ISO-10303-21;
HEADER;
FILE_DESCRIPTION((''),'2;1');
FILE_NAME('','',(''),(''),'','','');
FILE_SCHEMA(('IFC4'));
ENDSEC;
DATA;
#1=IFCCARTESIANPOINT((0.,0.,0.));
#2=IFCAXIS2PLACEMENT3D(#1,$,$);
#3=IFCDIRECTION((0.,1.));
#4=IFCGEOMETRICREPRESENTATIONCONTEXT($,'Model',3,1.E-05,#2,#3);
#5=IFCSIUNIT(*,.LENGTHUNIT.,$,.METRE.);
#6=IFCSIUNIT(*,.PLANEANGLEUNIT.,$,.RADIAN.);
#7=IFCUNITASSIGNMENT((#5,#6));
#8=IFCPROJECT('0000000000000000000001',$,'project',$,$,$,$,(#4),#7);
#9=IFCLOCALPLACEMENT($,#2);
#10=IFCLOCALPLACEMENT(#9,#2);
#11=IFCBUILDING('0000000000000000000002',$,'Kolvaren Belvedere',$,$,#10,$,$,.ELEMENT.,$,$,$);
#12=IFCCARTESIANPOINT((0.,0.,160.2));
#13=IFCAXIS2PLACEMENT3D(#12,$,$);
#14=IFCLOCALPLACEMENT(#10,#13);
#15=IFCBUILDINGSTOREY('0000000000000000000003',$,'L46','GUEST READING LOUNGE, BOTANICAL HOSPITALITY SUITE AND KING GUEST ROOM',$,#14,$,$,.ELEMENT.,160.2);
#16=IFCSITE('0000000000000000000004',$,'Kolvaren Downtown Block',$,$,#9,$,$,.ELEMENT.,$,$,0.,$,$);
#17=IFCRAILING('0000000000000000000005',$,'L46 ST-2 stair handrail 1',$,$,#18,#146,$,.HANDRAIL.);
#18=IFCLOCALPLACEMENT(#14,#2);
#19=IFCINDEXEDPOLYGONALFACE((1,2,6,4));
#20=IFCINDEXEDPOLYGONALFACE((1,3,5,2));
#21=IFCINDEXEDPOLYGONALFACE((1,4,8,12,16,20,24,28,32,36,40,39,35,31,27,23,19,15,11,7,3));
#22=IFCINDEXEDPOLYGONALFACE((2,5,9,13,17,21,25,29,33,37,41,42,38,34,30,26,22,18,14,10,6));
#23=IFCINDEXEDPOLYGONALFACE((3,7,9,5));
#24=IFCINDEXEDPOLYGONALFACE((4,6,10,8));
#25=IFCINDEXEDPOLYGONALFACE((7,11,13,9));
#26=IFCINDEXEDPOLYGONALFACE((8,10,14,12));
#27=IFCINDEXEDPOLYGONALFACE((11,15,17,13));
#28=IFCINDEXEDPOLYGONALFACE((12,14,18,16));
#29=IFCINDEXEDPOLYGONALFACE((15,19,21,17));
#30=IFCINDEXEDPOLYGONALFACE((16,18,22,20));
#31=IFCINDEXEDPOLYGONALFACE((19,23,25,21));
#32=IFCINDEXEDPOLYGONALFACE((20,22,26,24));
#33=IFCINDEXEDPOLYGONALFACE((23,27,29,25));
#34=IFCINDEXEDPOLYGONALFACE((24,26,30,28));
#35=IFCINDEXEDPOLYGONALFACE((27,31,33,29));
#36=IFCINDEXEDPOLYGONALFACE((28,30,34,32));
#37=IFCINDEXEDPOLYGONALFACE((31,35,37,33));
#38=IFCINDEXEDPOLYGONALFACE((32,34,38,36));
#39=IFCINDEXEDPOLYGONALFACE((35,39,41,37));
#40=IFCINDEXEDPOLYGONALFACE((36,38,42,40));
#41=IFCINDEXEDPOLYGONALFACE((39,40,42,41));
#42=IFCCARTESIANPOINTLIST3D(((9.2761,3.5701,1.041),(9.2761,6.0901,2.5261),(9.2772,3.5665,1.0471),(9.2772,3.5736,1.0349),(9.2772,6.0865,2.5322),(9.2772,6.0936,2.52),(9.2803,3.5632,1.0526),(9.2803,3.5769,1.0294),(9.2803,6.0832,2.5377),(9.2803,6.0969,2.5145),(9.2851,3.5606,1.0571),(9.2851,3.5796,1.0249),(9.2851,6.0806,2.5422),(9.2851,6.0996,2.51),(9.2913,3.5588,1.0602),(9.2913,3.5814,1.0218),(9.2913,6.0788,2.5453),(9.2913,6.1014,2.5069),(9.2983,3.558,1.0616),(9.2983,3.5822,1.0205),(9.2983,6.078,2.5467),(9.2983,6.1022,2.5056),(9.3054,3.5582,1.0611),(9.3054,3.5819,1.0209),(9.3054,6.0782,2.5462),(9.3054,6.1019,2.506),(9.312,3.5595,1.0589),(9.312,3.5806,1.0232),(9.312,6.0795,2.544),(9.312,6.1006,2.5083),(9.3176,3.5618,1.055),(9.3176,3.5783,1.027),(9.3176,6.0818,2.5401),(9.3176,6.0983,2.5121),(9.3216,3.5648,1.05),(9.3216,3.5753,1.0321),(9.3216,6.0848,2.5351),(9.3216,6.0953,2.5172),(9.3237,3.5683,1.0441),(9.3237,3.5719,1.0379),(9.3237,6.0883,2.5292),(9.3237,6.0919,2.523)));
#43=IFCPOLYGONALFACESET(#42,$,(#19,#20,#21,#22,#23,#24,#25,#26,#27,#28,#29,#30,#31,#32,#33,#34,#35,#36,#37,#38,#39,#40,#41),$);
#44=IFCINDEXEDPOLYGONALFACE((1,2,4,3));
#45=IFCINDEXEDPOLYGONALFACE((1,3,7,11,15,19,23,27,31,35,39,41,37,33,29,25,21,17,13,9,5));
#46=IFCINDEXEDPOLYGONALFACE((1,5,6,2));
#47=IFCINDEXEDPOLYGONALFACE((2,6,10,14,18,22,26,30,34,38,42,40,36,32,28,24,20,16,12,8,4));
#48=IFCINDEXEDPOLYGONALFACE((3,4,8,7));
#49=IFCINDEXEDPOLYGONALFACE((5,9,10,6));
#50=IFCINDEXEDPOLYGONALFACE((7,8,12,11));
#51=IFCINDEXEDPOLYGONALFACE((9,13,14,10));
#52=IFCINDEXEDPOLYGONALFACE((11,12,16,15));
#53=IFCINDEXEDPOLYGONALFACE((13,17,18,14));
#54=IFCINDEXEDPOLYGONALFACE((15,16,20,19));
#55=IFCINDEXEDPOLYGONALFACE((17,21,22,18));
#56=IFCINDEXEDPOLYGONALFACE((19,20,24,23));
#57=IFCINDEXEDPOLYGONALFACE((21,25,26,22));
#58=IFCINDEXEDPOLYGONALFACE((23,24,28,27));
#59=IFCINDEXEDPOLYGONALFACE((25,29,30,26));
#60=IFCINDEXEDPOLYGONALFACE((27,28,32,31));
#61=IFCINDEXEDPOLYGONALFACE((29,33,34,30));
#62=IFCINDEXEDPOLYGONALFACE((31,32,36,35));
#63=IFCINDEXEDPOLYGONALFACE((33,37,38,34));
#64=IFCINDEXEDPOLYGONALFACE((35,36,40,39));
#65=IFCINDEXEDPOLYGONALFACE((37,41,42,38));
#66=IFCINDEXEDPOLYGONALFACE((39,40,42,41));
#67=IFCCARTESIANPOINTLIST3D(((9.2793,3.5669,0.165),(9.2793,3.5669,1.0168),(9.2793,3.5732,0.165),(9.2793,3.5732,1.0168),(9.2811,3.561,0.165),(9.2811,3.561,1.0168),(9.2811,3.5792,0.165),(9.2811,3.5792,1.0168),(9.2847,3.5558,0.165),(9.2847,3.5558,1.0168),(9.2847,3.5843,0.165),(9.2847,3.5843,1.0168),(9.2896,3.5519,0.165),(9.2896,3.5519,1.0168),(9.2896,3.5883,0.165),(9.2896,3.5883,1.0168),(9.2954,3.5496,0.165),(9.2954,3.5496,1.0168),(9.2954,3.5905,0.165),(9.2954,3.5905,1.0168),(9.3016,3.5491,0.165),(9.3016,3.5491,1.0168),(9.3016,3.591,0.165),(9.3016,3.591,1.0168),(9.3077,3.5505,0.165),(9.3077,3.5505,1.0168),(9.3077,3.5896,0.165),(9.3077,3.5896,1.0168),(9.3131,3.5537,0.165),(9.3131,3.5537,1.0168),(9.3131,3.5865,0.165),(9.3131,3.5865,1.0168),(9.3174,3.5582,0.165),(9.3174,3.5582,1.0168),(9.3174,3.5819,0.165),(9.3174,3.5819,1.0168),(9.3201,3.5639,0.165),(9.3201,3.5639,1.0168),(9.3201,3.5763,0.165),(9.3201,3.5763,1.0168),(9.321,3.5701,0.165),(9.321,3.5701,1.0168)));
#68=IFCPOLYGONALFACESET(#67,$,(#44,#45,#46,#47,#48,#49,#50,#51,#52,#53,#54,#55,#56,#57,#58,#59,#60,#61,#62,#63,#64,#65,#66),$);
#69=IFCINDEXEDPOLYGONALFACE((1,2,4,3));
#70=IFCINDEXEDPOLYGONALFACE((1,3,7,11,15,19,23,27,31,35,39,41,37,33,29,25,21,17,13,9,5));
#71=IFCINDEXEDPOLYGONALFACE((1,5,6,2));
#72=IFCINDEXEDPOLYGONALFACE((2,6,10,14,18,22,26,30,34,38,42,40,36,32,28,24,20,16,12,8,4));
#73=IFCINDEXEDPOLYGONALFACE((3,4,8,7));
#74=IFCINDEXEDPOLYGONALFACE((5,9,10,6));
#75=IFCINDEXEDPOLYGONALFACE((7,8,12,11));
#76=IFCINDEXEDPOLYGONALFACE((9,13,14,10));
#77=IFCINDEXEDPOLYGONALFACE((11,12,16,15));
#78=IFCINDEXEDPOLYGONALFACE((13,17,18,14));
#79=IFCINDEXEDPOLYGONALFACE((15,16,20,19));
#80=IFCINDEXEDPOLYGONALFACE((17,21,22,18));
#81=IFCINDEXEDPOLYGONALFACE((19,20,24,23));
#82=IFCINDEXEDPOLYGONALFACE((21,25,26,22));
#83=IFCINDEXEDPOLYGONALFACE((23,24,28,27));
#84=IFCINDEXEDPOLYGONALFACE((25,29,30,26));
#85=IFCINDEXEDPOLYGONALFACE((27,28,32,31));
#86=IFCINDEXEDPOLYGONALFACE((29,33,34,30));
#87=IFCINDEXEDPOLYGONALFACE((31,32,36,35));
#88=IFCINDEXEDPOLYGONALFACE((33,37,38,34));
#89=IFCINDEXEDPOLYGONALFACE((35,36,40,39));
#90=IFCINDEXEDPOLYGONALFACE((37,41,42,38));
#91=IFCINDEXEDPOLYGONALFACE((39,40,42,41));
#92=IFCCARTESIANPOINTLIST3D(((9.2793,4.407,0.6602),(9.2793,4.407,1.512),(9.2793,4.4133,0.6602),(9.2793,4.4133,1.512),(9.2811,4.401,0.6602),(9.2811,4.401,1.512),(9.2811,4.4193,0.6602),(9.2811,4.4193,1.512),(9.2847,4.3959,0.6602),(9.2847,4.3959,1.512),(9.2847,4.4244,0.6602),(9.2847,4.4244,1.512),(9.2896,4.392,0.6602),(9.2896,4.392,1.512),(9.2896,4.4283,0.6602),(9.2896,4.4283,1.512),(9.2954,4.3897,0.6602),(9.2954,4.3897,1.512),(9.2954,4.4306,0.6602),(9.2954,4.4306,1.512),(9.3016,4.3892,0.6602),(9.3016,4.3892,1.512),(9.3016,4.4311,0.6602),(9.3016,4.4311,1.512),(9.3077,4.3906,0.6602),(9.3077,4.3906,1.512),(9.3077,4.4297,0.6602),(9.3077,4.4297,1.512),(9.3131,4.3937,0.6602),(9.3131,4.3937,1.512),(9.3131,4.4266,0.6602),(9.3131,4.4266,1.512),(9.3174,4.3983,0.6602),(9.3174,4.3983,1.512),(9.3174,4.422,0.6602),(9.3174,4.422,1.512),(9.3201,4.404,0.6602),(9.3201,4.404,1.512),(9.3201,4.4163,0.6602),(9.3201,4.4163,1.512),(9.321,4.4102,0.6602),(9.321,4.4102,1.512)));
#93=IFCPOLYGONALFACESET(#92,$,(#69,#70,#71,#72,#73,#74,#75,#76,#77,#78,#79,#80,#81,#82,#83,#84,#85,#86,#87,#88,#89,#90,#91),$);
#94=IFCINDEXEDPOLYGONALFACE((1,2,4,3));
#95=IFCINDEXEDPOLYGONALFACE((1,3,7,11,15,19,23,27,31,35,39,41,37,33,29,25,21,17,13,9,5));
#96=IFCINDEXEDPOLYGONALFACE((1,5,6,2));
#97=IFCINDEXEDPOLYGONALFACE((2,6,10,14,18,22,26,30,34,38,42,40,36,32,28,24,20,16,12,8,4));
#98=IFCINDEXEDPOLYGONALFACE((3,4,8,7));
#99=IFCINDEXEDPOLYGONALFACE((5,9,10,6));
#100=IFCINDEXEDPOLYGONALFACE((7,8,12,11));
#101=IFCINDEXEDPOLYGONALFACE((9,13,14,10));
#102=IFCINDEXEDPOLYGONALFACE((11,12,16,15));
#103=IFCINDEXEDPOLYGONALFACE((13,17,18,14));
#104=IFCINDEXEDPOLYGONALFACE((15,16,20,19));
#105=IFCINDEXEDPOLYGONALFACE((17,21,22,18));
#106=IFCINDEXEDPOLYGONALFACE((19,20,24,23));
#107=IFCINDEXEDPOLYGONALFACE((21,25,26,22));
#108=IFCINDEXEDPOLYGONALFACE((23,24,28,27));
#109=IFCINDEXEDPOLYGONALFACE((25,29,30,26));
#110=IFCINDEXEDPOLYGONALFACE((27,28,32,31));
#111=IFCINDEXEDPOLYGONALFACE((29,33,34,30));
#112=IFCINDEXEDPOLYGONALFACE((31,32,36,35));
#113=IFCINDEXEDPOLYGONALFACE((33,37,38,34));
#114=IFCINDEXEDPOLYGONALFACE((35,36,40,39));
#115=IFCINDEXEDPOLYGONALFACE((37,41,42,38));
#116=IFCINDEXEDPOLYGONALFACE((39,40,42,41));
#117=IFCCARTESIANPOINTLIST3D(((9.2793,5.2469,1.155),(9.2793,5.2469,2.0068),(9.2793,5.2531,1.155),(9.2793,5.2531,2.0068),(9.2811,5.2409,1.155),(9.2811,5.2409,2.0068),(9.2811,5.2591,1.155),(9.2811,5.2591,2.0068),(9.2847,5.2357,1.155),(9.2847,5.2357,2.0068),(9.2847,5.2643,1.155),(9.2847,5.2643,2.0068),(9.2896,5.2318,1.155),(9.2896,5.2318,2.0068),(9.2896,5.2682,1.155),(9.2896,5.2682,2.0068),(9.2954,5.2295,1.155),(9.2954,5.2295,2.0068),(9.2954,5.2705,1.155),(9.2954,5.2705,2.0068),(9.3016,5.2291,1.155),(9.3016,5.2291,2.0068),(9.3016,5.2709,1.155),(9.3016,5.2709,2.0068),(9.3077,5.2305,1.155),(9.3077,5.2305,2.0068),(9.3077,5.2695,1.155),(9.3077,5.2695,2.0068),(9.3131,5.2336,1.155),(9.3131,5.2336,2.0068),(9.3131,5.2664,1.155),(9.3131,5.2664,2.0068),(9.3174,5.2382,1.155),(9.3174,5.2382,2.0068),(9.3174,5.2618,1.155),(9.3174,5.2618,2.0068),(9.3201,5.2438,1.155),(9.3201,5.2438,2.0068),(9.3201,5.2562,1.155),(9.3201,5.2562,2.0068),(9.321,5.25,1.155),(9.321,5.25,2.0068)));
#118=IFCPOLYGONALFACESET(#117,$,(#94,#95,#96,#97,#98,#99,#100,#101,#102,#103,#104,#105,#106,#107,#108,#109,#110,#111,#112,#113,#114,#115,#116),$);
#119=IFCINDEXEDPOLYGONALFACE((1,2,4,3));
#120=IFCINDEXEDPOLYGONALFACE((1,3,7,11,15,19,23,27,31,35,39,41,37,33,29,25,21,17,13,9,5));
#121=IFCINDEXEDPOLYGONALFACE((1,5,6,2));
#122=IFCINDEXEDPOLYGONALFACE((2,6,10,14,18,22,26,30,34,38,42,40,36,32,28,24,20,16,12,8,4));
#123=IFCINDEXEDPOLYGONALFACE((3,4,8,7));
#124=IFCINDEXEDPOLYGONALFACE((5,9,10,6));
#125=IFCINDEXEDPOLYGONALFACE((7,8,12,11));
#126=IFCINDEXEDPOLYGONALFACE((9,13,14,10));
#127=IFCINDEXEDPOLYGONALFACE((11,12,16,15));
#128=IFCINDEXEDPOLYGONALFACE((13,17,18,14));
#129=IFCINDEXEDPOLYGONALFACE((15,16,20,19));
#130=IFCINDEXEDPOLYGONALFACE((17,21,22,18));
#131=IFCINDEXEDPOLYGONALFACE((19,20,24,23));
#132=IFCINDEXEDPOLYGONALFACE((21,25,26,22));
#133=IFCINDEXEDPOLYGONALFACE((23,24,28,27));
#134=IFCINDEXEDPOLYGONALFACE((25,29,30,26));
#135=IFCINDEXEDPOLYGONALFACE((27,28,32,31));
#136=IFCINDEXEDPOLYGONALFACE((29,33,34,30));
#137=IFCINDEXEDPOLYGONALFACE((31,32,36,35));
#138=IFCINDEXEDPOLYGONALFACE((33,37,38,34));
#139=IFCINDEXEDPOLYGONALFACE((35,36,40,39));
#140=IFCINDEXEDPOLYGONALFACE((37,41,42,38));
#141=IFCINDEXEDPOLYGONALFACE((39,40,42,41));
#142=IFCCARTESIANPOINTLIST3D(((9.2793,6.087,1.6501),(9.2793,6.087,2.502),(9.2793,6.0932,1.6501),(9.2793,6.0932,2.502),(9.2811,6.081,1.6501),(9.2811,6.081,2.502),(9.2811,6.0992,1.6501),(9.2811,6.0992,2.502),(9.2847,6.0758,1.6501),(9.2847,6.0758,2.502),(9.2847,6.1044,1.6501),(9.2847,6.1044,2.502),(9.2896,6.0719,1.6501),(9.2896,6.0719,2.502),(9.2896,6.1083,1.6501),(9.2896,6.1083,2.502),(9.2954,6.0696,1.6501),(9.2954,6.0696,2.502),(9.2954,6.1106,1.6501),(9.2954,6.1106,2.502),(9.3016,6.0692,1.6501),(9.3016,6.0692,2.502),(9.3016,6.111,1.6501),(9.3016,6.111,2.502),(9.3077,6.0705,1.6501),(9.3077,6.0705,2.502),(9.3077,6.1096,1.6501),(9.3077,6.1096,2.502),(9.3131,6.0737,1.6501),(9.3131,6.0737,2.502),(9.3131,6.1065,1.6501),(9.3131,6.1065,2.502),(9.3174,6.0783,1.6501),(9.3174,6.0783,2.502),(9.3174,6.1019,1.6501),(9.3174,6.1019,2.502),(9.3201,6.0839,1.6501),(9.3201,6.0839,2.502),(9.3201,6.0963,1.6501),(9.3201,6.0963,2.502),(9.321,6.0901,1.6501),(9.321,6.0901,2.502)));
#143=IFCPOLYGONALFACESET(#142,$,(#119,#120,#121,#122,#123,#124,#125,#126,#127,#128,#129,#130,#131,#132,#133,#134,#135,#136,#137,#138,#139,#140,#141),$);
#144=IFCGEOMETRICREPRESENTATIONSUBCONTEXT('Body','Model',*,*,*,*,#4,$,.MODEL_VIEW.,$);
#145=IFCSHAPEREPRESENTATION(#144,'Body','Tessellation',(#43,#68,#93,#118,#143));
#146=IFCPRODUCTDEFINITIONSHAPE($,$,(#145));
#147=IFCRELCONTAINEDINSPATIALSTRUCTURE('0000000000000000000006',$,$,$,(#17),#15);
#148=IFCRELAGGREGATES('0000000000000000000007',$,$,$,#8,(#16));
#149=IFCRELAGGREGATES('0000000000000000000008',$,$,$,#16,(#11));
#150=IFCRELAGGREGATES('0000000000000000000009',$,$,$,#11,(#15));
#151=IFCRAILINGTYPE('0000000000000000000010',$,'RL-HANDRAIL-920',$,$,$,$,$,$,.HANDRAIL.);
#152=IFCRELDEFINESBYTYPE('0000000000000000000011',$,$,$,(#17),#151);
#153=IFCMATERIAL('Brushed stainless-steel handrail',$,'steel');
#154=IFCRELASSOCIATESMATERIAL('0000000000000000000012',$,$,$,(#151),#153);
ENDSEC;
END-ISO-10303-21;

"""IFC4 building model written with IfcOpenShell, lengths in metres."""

from ifc_helpers import new_model, si_unit, direction, frame, origin, origin_2d, place, context, subcontext, project, spatial, circle, extrude, material, type_object, element, save


model = new_model("IFC4")

# Units and contexts
model_context = context("Model", 3, precision=1e-05, world=origin(), true_north=direction((0.0, 1.0)))
body_context = subcontext(model_context, "Body", "Model", "MODEL_VIEW")
ifc_project = project(units=[si_unit("LENGTHUNIT", "METRE"), si_unit("PLANEANGLEUNIT", "RADIAN")], contexts=[model_context])

# Site, building, storey
site_placement = place(None, origin())
site = spatial("IfcSite", under=ifc_project, at=site_placement, Name="Kolvaren Downtown Block", CompositionType="ELEMENT", RefElevation=0.0)
building_placement = place(site_placement, origin())
building = spatial("IfcBuilding", under=site, at=building_placement, Name="Kolvaren Belvedere", CompositionType="ELEMENT")
storey_placement = place(building_placement, frame((0.0, 0.0, 160.2)))
storey = spatial("IfcBuildingStorey", under=building, at=storey_placement, Name="L46", Description="GUEST READING LOUNGE, BOTANICAL HOSPITALITY SUITE AND KING GUEST ROOM", CompositionType="ELEMENT", Elevation=160.2)

# Railing
ifc_material_1 = material(Name="Brushed stainless-steel handrail", Category="steel")
railing_type_1 = type_object("IfcRailingType", Name="RL-HANDRAIL-920", PredefinedType="HANDRAIL", material=ifc_material_1)
railing_1_placement = place(storey_placement, frame((9.3, 3.5701, 0.165)))
element("IfcRailing", 1, at=railing_1_placement, inside=storey, type_object=railing_type_1, Name="L46 ST-2 stair handrail 1", PredefinedType="HANDRAIL", context=body_context, shape_type="SweptSolid", body=[
    extrude(circle(Radius=0.0239, at=origin_2d()), frame((0.0, 0.0, 0.876), z_axis=(0.0, 0.861524, 0.507717), x_axis=(-1.0, 0.0, 0.0)), (0.0, 0.0, 1.0), 2.925),
    extrude(circle(Radius=0.021, at=origin_2d()), origin(), (0.0, 0.0, 1.0), 0.8518),
    extrude(circle(Radius=0.021, at=origin_2d()), frame((0.0, 0.8401, 0.4951)), (0.0, 0.0, 1.0), 0.8518),
    extrude(circle(Radius=0.021, at=origin_2d()), frame((0.0, 1.6799, 0.99)), (0.0, 0.0, 1.0), 0.8518),
    extrude(circle(Radius=0.021, at=origin_2d()), frame((0.0, 2.52, 1.4851)), (0.0, 0.0, 1.0), 0.8518),
])

save(model, "model.ifc")
